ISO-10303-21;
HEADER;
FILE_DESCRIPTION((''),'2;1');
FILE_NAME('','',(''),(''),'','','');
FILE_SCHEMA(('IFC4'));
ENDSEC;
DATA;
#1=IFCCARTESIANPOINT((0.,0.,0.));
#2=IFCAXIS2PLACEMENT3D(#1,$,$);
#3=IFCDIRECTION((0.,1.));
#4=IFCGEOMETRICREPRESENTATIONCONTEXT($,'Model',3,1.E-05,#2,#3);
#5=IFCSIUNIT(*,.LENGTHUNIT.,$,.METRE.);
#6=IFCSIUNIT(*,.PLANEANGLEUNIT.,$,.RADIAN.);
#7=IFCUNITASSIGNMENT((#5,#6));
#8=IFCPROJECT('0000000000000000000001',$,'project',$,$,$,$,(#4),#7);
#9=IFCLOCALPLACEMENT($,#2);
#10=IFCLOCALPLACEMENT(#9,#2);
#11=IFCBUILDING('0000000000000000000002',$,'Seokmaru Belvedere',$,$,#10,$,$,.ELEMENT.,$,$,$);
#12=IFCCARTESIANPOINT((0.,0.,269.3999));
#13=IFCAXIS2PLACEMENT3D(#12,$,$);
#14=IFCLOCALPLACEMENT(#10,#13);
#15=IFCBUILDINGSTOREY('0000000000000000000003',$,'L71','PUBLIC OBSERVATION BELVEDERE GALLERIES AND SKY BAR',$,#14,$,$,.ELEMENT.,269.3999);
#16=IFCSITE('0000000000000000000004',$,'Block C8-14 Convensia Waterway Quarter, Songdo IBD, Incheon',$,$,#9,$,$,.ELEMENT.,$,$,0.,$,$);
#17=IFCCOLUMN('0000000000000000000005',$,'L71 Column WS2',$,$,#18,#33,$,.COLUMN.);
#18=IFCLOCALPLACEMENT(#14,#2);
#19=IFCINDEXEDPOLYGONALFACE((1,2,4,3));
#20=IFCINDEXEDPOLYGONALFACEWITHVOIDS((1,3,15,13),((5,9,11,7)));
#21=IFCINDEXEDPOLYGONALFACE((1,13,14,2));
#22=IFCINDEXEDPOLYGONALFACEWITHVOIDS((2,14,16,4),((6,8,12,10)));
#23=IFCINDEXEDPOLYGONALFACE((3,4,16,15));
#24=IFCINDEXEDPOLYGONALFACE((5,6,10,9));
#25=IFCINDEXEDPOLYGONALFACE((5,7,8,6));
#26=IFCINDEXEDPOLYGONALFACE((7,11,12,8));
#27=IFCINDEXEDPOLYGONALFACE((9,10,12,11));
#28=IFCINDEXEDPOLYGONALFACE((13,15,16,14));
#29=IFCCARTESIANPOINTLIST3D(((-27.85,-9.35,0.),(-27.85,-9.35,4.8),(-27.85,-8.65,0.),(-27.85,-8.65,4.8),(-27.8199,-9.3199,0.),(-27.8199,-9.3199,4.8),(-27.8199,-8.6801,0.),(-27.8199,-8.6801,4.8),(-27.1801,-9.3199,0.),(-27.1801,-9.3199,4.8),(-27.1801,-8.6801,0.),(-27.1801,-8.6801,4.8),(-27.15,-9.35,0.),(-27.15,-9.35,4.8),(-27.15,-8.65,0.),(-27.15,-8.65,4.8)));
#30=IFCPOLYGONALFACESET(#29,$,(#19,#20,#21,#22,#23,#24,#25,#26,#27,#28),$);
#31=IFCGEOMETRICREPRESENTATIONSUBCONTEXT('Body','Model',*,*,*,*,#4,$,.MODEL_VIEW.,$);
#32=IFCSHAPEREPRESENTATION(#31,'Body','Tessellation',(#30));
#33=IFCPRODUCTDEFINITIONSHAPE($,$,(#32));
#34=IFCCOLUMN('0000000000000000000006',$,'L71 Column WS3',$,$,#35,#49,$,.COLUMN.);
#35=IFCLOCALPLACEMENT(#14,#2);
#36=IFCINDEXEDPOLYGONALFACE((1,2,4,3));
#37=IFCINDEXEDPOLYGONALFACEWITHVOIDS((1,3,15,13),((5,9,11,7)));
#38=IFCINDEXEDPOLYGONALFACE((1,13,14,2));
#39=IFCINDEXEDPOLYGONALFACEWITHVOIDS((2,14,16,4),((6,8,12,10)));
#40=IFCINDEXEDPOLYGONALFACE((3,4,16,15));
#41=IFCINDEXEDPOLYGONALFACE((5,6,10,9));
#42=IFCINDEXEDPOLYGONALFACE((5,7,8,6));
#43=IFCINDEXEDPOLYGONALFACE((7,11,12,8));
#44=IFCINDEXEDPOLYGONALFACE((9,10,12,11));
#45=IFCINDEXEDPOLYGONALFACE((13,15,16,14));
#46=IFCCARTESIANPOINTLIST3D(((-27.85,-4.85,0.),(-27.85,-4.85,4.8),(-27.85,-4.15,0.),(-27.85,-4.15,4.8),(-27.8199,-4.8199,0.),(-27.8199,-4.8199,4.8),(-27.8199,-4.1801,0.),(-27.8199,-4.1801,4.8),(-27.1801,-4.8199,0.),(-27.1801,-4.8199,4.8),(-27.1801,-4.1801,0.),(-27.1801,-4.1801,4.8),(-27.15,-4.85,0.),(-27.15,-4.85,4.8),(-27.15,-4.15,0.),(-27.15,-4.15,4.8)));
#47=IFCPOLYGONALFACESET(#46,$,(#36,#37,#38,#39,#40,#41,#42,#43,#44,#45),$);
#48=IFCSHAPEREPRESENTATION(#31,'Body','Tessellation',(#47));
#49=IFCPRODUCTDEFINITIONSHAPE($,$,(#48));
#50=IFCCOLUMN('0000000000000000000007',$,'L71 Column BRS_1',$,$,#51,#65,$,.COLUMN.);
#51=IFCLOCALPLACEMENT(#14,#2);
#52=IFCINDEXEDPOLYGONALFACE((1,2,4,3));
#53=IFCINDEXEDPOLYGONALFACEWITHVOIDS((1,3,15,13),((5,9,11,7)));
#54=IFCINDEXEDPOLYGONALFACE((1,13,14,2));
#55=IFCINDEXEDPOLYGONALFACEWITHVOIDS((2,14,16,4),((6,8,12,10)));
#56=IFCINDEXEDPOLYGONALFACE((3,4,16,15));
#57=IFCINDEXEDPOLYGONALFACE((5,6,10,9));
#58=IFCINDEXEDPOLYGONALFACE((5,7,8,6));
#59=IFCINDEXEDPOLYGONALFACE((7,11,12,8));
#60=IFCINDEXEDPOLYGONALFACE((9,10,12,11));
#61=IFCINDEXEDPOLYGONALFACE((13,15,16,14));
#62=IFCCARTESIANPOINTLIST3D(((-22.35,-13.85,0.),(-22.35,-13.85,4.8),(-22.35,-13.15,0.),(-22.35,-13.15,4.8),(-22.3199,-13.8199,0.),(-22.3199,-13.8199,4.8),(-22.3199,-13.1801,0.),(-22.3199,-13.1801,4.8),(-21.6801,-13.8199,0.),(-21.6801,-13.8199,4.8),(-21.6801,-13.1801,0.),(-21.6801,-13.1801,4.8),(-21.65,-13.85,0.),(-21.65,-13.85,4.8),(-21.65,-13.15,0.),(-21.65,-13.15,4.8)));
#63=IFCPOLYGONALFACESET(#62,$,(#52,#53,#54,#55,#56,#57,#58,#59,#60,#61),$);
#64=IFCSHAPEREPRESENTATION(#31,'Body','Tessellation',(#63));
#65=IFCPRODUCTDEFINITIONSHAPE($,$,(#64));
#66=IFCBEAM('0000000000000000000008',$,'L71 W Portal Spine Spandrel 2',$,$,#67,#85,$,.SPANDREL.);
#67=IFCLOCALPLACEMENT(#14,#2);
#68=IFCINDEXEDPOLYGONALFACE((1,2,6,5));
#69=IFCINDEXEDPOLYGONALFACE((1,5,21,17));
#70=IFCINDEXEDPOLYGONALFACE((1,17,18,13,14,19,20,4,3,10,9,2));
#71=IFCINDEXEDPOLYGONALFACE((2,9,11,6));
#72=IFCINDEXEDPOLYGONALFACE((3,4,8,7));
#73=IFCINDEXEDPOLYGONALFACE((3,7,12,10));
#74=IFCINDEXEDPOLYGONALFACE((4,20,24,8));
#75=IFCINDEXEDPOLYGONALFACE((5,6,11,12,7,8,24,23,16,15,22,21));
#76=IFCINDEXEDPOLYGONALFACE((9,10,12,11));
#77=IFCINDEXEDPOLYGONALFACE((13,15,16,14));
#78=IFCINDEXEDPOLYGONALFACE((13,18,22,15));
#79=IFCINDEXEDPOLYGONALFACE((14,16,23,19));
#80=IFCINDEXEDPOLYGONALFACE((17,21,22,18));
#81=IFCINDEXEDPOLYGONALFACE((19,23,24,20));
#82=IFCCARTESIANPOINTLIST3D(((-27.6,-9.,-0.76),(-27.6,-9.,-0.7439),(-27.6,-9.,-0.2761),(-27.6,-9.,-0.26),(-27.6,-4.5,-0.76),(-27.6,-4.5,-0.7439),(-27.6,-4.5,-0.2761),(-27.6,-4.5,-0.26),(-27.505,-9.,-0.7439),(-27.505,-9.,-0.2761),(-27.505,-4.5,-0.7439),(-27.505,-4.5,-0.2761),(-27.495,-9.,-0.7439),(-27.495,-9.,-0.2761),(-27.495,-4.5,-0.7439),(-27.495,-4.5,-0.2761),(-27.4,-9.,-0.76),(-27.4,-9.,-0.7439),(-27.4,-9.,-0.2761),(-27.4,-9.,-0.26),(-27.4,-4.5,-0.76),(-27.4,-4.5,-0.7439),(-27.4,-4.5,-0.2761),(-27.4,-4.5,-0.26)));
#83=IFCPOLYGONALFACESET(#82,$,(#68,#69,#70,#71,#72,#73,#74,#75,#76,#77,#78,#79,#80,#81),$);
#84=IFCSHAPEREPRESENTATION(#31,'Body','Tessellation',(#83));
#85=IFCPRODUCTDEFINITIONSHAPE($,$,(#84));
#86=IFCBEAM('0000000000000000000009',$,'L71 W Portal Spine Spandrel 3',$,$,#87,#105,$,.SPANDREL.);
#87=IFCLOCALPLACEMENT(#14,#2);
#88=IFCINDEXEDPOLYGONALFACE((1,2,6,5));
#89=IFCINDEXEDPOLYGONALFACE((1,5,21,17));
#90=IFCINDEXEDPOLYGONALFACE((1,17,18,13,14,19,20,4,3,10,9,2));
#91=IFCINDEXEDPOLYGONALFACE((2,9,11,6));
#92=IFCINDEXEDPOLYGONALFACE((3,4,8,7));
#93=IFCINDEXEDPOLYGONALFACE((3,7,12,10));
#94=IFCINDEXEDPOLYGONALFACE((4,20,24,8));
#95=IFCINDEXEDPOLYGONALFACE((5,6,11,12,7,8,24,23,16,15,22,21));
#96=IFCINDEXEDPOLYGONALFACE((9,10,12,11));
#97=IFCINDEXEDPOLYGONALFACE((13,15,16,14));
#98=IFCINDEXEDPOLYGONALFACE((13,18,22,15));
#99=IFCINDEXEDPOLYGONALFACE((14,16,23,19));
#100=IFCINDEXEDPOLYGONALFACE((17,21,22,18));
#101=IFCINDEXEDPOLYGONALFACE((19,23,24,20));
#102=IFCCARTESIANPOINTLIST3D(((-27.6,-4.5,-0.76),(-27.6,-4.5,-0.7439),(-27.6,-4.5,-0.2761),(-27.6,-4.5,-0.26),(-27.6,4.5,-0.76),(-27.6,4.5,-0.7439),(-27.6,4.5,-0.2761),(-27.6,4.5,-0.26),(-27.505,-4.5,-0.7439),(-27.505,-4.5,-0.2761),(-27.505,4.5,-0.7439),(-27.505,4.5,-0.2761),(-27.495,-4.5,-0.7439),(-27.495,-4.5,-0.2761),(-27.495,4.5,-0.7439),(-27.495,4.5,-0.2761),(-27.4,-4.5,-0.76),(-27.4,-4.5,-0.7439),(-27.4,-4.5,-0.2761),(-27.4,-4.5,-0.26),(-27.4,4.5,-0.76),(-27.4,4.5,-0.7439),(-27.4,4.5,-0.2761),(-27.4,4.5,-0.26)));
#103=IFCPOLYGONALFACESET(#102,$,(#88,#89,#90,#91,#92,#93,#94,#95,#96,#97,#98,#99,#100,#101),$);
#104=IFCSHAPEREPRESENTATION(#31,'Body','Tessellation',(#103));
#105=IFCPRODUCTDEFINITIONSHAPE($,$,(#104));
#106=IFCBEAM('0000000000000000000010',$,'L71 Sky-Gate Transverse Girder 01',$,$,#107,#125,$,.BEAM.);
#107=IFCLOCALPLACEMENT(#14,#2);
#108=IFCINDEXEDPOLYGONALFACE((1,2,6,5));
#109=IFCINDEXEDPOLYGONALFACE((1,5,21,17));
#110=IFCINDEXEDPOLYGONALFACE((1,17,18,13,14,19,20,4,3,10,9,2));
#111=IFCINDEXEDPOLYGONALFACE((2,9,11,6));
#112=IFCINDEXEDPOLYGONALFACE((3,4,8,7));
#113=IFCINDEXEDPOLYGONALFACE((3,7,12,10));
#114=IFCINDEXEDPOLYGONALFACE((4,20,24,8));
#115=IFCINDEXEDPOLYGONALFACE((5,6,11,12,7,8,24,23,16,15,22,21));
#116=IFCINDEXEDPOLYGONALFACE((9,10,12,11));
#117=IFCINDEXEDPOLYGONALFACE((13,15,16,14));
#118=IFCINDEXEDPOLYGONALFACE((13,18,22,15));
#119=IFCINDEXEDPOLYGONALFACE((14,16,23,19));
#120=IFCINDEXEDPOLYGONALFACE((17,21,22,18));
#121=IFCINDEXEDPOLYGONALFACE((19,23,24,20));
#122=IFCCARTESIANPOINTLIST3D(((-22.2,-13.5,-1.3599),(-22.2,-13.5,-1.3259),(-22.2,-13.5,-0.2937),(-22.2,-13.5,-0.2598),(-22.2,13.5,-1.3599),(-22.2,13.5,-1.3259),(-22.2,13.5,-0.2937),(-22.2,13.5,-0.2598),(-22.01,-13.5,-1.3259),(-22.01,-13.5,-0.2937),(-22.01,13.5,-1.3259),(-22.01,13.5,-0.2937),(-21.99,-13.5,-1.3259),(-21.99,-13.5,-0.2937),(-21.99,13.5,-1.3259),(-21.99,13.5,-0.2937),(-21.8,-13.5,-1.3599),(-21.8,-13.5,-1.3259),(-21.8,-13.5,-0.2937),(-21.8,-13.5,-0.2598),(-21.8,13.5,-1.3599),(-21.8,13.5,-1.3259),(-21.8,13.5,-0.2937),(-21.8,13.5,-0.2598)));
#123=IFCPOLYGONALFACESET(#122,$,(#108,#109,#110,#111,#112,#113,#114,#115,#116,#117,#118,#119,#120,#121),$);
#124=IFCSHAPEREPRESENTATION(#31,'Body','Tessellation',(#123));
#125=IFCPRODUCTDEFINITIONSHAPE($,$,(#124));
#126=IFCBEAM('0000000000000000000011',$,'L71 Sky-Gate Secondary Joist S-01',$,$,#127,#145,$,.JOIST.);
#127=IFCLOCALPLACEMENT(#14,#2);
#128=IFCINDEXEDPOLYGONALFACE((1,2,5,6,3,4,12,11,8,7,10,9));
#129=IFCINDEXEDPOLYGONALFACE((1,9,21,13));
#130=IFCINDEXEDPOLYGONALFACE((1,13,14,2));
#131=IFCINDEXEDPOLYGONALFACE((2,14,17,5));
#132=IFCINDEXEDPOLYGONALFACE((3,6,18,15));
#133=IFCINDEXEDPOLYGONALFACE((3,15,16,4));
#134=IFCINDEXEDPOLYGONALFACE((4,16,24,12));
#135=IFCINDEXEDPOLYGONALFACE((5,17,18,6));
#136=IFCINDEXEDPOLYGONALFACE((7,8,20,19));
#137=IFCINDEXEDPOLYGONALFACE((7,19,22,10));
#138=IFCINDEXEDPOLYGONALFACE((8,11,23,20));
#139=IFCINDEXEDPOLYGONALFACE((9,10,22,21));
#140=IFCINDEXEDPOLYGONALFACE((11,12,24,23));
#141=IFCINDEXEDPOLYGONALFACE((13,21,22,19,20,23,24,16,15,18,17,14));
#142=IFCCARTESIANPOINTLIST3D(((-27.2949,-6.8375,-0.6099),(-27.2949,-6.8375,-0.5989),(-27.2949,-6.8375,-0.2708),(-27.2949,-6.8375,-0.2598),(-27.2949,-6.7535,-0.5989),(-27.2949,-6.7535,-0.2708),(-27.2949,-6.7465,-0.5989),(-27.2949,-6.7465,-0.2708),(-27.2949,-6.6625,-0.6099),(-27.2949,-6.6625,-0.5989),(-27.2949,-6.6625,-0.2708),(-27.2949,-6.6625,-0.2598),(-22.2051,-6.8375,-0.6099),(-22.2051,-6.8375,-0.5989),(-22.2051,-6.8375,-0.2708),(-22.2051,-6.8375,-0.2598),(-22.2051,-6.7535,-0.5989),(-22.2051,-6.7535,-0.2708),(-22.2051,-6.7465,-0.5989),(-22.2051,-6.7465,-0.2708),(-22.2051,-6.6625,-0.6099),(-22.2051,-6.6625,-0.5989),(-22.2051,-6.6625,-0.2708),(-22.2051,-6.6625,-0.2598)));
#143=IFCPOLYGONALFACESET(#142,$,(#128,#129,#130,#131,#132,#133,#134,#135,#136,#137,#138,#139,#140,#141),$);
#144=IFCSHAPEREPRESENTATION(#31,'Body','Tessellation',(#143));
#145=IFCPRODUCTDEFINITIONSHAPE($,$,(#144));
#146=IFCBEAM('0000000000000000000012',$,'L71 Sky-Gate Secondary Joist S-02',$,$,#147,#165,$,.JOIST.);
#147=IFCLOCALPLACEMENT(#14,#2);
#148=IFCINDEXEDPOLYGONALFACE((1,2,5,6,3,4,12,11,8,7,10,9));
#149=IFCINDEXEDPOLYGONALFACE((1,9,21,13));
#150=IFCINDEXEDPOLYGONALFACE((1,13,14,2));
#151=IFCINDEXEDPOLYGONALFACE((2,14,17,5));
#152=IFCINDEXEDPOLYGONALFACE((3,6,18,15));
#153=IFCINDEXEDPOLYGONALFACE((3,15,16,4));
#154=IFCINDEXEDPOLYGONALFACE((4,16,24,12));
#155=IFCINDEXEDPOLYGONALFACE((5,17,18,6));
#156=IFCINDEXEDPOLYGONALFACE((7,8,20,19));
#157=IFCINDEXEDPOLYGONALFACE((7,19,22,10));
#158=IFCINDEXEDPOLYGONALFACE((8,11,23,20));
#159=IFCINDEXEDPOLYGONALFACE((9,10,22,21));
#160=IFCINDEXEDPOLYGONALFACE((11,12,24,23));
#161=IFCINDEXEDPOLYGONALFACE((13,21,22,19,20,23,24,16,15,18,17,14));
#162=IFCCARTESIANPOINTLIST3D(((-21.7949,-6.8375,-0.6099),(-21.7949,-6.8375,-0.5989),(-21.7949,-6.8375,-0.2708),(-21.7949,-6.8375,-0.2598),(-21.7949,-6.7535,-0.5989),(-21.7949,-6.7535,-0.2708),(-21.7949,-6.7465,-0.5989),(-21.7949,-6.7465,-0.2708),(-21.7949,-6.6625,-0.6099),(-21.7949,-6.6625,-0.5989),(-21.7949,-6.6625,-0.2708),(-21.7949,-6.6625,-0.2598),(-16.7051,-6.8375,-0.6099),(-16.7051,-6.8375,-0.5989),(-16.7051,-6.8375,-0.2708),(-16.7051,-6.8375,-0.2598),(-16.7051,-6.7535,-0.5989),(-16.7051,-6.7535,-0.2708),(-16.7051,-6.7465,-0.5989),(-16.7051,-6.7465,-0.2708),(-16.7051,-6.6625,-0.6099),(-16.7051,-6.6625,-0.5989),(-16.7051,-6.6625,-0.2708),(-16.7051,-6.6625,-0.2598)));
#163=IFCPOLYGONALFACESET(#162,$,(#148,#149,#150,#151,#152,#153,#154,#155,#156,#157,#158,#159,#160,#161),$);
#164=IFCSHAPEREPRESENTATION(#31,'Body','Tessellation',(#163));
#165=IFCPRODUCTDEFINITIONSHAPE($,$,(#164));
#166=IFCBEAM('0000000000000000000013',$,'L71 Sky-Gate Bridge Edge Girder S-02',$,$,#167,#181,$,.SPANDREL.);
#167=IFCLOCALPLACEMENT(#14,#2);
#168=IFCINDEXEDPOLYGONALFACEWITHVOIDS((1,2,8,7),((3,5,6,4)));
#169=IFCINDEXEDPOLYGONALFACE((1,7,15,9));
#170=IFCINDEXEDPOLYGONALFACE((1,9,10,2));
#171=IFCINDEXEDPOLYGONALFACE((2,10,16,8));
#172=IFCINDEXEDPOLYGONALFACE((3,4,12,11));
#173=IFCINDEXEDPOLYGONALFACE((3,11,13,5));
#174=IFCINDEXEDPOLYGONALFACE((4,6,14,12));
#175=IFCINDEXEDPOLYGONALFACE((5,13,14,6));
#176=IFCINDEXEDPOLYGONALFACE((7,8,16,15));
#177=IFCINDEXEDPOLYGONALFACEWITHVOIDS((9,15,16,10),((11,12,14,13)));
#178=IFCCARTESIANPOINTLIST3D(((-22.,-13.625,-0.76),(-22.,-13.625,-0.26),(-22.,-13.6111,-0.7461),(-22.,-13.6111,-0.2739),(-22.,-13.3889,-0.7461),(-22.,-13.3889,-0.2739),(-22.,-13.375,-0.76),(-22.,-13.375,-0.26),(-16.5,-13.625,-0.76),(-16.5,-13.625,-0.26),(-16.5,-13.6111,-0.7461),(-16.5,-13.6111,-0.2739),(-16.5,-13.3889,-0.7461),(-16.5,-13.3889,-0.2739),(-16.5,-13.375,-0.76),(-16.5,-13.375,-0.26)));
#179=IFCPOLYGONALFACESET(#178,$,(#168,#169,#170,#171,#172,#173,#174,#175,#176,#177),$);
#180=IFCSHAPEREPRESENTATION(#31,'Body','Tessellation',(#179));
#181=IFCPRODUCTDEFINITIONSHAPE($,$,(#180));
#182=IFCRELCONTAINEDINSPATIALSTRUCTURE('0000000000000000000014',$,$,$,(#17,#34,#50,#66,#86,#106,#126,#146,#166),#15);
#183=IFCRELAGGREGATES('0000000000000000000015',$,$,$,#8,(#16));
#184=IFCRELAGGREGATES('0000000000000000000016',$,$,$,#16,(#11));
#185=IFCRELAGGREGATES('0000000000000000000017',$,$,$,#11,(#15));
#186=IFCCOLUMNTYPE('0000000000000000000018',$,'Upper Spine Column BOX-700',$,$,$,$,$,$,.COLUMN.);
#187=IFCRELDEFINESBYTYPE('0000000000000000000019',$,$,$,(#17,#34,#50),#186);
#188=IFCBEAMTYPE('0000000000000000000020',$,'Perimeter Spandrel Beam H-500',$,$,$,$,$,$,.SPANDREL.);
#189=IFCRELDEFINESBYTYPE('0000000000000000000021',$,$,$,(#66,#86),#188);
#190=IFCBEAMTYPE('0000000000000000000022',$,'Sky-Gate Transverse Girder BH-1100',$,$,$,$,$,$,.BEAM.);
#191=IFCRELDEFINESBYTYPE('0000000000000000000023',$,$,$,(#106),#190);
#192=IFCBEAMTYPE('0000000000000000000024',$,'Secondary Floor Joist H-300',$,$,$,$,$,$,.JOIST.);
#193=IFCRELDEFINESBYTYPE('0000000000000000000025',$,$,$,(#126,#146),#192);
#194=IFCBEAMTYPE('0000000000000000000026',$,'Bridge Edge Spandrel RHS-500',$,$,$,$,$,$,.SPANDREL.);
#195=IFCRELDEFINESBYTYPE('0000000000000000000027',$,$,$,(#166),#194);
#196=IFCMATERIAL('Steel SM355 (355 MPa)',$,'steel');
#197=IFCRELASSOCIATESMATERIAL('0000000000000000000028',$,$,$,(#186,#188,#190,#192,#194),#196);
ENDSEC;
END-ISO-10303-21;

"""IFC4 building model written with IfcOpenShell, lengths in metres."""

from ifc_helpers import new_model, si_unit, direction, frame, origin, origin_2d, place, context, subcontext, project, spatial, hollow_rectangle, i_section, extrude, source, transform, mapped, material, material_profile, profile_set, type_object, type_shapes, element, save


model = new_model("IFC4")

# Units and contexts
model_context = context("Model", 3, precision=1e-05, world=origin(), true_north=direction((0.0, 1.0)))
body_context = subcontext(model_context, "Body", "Model", "MODEL_VIEW")
ifc_project = project(units=[si_unit("LENGTHUNIT", "METRE"), si_unit("PLANEANGLEUNIT", "RADIAN")], contexts=[model_context])

# Site, building, storey
site_placement = place(None, origin())
site = spatial("IfcSite", under=ifc_project, at=site_placement, Name="Block C8-14 Convensia Waterway Quarter, Songdo IBD, Incheon", CompositionType="ELEMENT", RefElevation=0.0)
building_placement = place(site_placement, origin())
building = spatial("IfcBuilding", under=site, at=building_placement, Name="Seokmaru Belvedere", CompositionType="ELEMENT")
storey_placement = place(building_placement, frame((0.0, 0.0, 269.3999)))
storey = spatial("IfcBuildingStorey", under=building, at=storey_placement, Name="L71", Description="PUBLIC OBSERVATION BELVEDERE GALLERIES AND SKY BAR", CompositionType="ELEMENT", Elevation=269.3999)

# Columns
ifc_material_1 = material(Name="Steel SM355 (355 MPa)", Category="steel")
ifc_material_profile_1 = material_profile(ifc_material_1, hollow_rectangle(XDim=0.7, YDim=0.7, WallThickness=0.03, at=origin_2d()), Name="BOX-700x700x30")
ifc_profile_set_1 = profile_set([ifc_material_profile_1], Name="Steel SM355 (355 MPa)")
column_type = type_object("IfcColumnType", Name="Upper Spine Column BOX-700", PredefinedType="COLUMN", material=ifc_profile_set_1)
shared_shape_1 = source(origin(), body_context, "Body", "SweptSolid", [
    extrude(hollow_rectangle(XDim=0.7, YDim=0.7, WallThickness=0.03, at=origin_2d()), origin(), (0.0, 0.0, 1.0), 4.8),
])
type_shapes(column_type, [shared_shape_1])
for number, where, z_axis, x_axis, name in (
    (1, (-27.5, -9.0, 0.0), (0.0, 0.0, 1.0), (1.0, 0.0, 0.0), "L71 Column WS2"),
    (2, (-27.5, -4.5, 0.0), (0.0, 0.0, 1.0), (1.0, 0.0, 0.0), "L71 Column WS3"),
    (3, (-22.0, -13.5, 0.0), (0.0, 0.0, 1.0), (1.0, 0.0, 0.0), "L71 Column BRS_1"),
):
    element("IfcColumn", number, at=place(storey_placement, frame(where, z_axis=z_axis, x_axis=x_axis)), inside=storey, type_object=column_type, Name=name, PredefinedType="COLUMN", context=body_context, shape_type="MappedRepresentation", body=[
        mapped(shared_shape_1, transform((0.0, 0.0, 0.0), scale=1.0)),
    ])

# Beams
ifc_material_profile_2 = material_profile(ifc_material_1, i_section(OverallWidth=0.2, OverallDepth=0.5, WebThickness=0.01, FlangeThickness=0.0161, at=origin_2d()), Name="H-500x200x10x16")
ifc_profile_set_2 = profile_set([ifc_material_profile_2], Name="Steel SM355 (355 MPa)")
beam_type_1 = type_object("IfcBeamType", Name="Perimeter Spandrel Beam H-500", PredefinedType="SPANDREL", material=ifc_profile_set_2)
shared_shape_2 = source(origin(), body_context, "Body", "SweptSolid", [
    extrude(i_section(OverallWidth=0.2, OverallDepth=0.5, WebThickness=0.01, FlangeThickness=0.0161, at=origin_2d()), origin(), (0.0, 0.0, 1.0), 4.5),
])
beam_1_placement = place(storey_placement, frame((-27.5, -9.0, -0.51), z_axis=(0.0, 1.0, 0.0), x_axis=(-1.0, 0.0, 0.0)))
element("IfcBeam", 4, at=beam_1_placement, inside=storey, type_object=beam_type_1, Name="L71 W Portal Spine Spandrel 2", PredefinedType="SPANDREL", context=body_context, shape_type="MappedRepresentation", body=[
    mapped(shared_shape_2, transform((0.0, 0.0, 0.0), scale=1.0)),
])
shared_shape_3 = source(origin(), body_context, "Body", "SweptSolid", [
    extrude(i_section(OverallWidth=0.2, OverallDepth=0.5, WebThickness=0.01, FlangeThickness=0.0161, at=origin_2d()), origin(), (0.0, 0.0, 1.0), 9.0),
])
type_shapes(beam_type_1, [shared_shape_2, shared_shape_3])
beam_2_placement = place(storey_placement, frame((-27.5, -4.5, -0.51), z_axis=(0.0, 1.0, 0.0), x_axis=(-1.0, 0.0, 0.0)))
element("IfcBeam", 5, at=beam_2_placement, inside=storey, type_object=beam_type_1, Name="L71 W Portal Spine Spandrel 3", PredefinedType="SPANDREL", context=body_context, shape_type="MappedRepresentation", body=[
    mapped(shared_shape_3, transform((0.0, 0.0, 0.0), scale=1.0)),
])
ifc_material_profile_3 = material_profile(ifc_material_1, i_section(OverallWidth=0.3999, OverallDepth=1.1001, WebThickness=0.02, FlangeThickness=0.0339, at=origin_2d()), Name="BH-1100x400x20x34")
ifc_profile_set_3 = profile_set([ifc_material_profile_3], Name="Steel SM355 (355 MPa)")
beam_type_2 = type_object("IfcBeamType", Name="Sky-Gate Transverse Girder BH-1100", PredefinedType="BEAM", material=ifc_profile_set_3)
shared_shape_4 = source(origin(), body_context, "Body", "SweptSolid", [
    extrude(i_section(OverallWidth=0.3999, OverallDepth=1.1001, WebThickness=0.02, FlangeThickness=0.0339, at=origin_2d()), origin(), (0.0, 0.0, 1.0), 27.0),
])
type_shapes(beam_type_2, [shared_shape_4])
beam_3_placement = place(storey_placement, frame((-22.0, -13.5, -0.8098), z_axis=(0.0, 1.0, 0.0), x_axis=(-1.0, 0.0, 0.0)))
element("IfcBeam", 6, at=beam_3_placement, inside=storey, type_object=beam_type_2, Name="L71 Sky-Gate Transverse Girder 01", PredefinedType="BEAM", context=body_context, shape_type="MappedRepresentation", body=[
    mapped(shared_shape_4, transform((0.0, 0.0, 0.0), scale=1.0)),
])
ifc_material_profile_4 = material_profile(ifc_material_1, i_section(OverallWidth=0.175, OverallDepth=0.3501, WebThickness=0.0071, FlangeThickness=0.011, at=origin_2d()), Name="H-350x175x7x11")
ifc_profile_set_4 = profile_set([ifc_material_profile_4], Name="Steel SM355 (355 MPa)")
beam_type_3 = type_object("IfcBeamType", Name="Secondary Floor Joist H-300", PredefinedType="JOIST", material=ifc_profile_set_4)
shared_shape_5 = source(origin(), body_context, "Body", "SweptSolid", [
    extrude(i_section(OverallWidth=0.175, OverallDepth=0.3501, WebThickness=0.0071, FlangeThickness=0.011, at=origin_2d()), origin(), (0.0, 0.0, 1.0), 5.0898),
])
type_shapes(beam_type_3, [shared_shape_5])
for number, where, z_axis, x_axis, name in (
    (7, (-27.2949, -6.75, -0.4348), (1.0, 0.0, 0.0), (0.0, 1.0, 0.0), "L71 Sky-Gate Secondary Joist S-01"),
    (8, (-21.7949, -6.75, -0.4348), (1.0, 0.0, 0.0), (0.0, 1.0, 0.0), "L71 Sky-Gate Secondary Joist S-02"),
):
    element("IfcBeam", number, at=place(storey_placement, frame(where, z_axis=z_axis, x_axis=x_axis)), inside=storey, type_object=beam_type_3, Name=name, PredefinedType="JOIST", context=body_context, shape_type="MappedRepresentation", body=[
        mapped(shared_shape_5, transform((0.0, 0.0, 0.0), scale=1.0)),
    ])
ifc_material_profile_5 = material_profile(ifc_material_1, hollow_rectangle(XDim=0.25, YDim=0.5, WallThickness=0.0139, at=origin_2d()), Name="RHS-500x250x14")
ifc_profile_set_5 = profile_set([ifc_material_profile_5], Name="Steel SM355 (355 MPa)")
beam_type_4 = type_object("IfcBeamType", Name="Bridge Edge Spandrel RHS-500", PredefinedType="SPANDREL", material=ifc_profile_set_5)
shared_shape_6 = source(origin(), body_context, "Body", "SweptSolid", [
    extrude(hollow_rectangle(XDim=0.25, YDim=0.5, WallThickness=0.0139, at=origin_2d()), origin(), (0.0, 0.0, 1.0), 5.5),
])
type_shapes(beam_type_4, [shared_shape_6])
beam_4_placement = place(storey_placement, frame((-22.0, -13.5, -0.51), z_axis=(1.0, 0.0, 0.0), x_axis=(0.0, 1.0, 0.0)))
element("IfcBeam", 9, at=beam_4_placement, inside=storey, type_object=beam_type_4, Name="L71 Sky-Gate Bridge Edge Girder S-02", PredefinedType="SPANDREL", context=body_context, shape_type="MappedRepresentation", body=[
    mapped(shared_shape_6, transform((0.0, 0.0, 0.0), scale=1.0)),
])

save(model, "model.ifc")
